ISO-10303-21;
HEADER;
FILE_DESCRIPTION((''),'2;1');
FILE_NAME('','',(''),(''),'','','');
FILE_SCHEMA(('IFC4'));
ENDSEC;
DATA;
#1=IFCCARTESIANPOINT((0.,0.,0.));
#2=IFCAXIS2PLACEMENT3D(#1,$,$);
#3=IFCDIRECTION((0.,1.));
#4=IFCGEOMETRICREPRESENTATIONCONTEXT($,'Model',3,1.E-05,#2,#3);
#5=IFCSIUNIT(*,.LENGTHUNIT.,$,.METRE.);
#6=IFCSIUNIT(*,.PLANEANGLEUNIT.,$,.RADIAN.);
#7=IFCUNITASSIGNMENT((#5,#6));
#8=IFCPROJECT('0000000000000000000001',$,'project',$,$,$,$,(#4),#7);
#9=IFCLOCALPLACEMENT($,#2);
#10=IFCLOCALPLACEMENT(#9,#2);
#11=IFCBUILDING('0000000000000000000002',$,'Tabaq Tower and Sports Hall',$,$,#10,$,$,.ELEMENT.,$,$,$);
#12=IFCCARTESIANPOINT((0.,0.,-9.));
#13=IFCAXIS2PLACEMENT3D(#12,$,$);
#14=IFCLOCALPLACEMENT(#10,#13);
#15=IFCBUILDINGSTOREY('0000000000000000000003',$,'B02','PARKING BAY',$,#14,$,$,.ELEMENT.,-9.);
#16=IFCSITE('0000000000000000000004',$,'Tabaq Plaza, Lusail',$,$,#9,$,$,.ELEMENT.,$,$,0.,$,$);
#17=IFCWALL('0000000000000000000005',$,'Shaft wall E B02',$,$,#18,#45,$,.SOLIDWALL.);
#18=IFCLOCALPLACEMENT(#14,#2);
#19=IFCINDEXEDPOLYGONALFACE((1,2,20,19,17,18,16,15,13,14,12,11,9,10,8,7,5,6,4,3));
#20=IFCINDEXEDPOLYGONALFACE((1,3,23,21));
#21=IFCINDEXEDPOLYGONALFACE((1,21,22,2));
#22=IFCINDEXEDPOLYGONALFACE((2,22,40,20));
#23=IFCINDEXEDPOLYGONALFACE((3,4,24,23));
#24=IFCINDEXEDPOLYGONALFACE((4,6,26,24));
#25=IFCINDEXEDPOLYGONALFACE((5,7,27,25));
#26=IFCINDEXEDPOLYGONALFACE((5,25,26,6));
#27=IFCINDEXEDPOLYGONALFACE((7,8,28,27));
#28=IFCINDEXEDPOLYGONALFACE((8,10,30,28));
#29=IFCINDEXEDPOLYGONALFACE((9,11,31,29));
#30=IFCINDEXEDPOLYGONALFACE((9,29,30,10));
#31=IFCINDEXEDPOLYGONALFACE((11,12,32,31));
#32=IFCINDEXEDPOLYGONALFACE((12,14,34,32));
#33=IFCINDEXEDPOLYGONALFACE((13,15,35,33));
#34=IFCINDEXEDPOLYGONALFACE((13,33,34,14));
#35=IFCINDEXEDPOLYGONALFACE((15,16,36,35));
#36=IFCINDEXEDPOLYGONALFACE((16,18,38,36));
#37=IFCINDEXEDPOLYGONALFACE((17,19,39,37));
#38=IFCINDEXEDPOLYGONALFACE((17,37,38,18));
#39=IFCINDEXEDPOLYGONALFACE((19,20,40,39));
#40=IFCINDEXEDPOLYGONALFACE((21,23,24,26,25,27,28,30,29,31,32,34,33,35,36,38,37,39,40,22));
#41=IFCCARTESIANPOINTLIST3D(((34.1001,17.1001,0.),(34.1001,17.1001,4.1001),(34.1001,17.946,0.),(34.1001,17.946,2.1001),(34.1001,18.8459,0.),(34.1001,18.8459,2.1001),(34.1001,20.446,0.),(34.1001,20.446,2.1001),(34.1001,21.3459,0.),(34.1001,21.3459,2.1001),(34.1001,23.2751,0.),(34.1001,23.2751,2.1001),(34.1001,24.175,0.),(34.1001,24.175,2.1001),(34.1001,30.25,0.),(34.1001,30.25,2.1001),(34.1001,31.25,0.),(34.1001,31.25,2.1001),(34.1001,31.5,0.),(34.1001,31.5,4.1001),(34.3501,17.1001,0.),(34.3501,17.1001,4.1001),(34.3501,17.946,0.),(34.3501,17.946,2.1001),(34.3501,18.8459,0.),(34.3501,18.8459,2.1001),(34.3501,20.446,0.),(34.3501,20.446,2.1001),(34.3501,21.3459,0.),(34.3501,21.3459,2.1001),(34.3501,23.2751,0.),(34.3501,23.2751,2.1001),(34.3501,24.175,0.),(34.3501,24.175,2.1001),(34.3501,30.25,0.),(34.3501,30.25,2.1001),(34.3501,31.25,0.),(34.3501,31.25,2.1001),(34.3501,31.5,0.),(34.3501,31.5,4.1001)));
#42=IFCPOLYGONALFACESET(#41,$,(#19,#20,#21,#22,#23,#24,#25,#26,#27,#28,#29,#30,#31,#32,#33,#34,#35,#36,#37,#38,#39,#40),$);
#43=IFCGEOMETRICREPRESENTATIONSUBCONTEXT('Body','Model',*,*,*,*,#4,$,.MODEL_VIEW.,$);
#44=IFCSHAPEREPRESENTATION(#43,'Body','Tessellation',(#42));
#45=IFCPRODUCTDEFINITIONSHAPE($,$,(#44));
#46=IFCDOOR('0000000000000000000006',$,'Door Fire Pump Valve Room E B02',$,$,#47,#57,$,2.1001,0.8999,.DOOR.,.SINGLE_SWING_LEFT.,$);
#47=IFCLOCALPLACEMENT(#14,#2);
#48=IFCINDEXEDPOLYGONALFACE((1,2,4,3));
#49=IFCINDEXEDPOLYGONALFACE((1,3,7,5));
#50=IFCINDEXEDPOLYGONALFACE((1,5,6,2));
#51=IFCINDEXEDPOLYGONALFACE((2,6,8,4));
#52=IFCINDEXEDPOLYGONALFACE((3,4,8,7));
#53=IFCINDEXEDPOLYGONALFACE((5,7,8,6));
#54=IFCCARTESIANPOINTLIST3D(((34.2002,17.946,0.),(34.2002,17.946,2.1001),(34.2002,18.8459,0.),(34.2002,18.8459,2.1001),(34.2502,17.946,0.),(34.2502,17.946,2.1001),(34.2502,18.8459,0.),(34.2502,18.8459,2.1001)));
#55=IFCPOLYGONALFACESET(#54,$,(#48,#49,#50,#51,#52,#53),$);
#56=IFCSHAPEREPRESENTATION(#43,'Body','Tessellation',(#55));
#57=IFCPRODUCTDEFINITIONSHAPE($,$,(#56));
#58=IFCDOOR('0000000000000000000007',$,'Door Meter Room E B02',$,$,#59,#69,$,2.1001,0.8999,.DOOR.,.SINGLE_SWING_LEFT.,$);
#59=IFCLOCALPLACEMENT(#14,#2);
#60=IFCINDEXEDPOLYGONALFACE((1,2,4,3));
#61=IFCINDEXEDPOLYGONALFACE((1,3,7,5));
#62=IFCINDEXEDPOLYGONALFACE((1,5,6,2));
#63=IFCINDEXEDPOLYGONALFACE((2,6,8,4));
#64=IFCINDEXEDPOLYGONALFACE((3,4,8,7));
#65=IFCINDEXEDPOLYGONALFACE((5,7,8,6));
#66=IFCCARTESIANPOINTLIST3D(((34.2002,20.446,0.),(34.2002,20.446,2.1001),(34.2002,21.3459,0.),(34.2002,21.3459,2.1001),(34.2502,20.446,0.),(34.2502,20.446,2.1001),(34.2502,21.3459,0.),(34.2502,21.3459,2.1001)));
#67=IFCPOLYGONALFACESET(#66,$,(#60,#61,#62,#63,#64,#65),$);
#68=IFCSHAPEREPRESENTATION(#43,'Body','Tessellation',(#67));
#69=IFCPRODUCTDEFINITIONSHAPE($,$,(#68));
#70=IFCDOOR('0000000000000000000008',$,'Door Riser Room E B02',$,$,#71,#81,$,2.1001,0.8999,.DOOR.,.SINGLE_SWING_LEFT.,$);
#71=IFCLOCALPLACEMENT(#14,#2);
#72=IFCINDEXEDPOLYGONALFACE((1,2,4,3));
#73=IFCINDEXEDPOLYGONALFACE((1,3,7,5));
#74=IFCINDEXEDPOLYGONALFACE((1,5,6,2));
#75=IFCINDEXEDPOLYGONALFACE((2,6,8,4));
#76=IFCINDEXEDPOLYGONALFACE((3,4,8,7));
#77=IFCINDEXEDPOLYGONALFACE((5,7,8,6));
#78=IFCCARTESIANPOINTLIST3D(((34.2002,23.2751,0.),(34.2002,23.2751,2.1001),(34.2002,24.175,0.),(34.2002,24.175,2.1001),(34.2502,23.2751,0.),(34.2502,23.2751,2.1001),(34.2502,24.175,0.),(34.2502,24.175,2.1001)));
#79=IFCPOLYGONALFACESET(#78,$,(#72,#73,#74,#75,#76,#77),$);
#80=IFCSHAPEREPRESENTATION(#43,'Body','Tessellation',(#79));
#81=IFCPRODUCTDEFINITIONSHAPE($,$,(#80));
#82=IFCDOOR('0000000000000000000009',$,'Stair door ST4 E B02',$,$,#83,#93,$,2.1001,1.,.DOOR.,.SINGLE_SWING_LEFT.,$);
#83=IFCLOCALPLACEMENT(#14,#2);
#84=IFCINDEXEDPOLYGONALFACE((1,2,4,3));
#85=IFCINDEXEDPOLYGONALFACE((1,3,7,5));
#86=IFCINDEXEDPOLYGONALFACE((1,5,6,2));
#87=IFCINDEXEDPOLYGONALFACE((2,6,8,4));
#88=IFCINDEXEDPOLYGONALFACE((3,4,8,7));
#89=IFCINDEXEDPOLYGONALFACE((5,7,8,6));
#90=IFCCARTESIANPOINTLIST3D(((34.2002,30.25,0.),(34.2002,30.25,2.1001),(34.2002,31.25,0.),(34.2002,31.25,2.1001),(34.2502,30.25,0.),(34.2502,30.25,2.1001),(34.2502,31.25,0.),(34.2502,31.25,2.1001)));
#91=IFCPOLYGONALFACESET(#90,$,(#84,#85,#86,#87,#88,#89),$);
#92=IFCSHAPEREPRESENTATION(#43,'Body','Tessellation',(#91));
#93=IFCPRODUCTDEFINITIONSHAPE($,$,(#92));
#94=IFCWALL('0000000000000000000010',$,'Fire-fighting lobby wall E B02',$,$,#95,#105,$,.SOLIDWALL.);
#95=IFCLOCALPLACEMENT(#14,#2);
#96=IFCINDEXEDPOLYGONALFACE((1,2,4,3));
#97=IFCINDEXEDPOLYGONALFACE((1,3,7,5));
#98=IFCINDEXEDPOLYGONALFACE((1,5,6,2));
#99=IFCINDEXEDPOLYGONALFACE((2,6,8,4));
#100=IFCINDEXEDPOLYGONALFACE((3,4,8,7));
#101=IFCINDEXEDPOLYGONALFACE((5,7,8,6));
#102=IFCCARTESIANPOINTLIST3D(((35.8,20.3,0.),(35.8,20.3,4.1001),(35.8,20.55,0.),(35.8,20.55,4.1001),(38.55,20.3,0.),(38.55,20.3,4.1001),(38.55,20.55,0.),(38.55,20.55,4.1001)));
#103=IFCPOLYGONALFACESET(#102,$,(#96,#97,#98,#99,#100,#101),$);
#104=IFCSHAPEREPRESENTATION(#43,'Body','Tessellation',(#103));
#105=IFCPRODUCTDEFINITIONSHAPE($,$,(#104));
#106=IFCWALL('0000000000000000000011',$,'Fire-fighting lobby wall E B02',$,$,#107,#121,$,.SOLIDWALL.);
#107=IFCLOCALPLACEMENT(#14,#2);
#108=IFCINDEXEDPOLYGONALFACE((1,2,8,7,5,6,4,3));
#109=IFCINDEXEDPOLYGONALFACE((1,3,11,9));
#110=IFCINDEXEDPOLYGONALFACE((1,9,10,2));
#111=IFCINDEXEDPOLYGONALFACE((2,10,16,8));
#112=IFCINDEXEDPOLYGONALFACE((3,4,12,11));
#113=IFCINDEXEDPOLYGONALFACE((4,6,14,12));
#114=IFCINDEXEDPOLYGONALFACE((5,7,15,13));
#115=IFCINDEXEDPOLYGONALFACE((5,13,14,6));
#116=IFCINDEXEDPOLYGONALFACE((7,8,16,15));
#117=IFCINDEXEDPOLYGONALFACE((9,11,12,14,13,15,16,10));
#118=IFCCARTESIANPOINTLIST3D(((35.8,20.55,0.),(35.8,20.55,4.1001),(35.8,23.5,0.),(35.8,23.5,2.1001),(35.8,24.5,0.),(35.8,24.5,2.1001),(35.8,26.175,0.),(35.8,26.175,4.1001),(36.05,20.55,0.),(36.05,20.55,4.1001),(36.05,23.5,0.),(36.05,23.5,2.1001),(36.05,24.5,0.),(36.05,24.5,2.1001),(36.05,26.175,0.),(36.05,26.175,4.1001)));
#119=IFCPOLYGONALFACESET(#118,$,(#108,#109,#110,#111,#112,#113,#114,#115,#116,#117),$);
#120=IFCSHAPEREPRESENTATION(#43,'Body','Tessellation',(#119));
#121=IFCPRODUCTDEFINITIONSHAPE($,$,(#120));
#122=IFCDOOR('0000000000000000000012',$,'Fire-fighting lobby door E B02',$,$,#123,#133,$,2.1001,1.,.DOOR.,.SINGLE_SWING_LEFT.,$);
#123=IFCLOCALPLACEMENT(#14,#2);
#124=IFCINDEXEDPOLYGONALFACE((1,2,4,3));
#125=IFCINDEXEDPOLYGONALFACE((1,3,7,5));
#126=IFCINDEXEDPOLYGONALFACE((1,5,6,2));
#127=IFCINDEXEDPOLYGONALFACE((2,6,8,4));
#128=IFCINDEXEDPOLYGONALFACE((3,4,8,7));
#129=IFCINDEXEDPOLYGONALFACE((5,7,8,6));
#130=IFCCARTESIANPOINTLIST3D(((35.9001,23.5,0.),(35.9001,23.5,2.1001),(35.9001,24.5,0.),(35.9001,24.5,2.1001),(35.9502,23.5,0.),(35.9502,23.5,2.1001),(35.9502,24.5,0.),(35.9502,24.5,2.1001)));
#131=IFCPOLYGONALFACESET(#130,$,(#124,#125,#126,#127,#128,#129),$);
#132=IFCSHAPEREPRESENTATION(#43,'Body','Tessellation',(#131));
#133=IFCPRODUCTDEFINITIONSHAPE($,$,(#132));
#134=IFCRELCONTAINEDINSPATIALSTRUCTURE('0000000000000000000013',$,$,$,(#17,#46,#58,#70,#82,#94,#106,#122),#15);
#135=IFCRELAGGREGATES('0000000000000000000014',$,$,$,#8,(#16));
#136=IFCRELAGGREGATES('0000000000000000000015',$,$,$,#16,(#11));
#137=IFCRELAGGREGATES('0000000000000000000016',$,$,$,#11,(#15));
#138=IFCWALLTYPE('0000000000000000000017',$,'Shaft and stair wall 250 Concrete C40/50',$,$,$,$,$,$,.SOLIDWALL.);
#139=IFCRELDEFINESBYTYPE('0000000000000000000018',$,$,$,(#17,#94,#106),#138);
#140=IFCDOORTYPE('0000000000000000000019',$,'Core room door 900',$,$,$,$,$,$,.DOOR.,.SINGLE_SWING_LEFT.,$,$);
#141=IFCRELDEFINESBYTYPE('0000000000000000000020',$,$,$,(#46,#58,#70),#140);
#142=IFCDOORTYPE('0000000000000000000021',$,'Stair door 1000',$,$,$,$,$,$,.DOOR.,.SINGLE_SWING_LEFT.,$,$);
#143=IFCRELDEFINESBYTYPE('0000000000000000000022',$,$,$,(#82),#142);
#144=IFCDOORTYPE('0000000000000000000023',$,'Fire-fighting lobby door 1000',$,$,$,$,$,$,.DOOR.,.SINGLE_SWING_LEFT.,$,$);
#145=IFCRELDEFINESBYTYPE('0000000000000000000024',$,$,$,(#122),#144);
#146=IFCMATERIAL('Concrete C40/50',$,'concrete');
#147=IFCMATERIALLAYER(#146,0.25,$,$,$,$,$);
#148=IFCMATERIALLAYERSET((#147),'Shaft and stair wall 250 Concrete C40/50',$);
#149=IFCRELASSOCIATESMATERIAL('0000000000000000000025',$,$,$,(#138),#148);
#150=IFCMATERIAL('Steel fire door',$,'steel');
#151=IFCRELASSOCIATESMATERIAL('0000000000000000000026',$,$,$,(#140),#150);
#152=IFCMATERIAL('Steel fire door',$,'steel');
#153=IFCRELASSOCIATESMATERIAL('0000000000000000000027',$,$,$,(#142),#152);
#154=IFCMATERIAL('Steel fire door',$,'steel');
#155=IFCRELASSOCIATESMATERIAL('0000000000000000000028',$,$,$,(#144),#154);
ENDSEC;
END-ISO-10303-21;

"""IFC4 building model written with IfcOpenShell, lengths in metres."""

from ifc_helpers import new_model, si_unit, direction, frame, frame_2d, origin, place, context, subcontext, project, spatial, rectangle, extrude, material, layer, layer_set, type_object, element, fill, save


model = new_model("IFC4")

# Units and contexts
model_context = context("Model", 3, precision=1e-05, world=origin(), true_north=direction((0.0, 1.0)))
body_context = subcontext(model_context, "Body", "Model", "MODEL_VIEW")
ifc_project = project(units=[si_unit("LENGTHUNIT", "METRE"), si_unit("PLANEANGLEUNIT", "RADIAN")], contexts=[model_context])

# Site, building, storey
site_placement = place(None, origin())
site = spatial("IfcSite", under=ifc_project, at=site_placement, Name="Tabaq Plaza, Lusail", CompositionType="ELEMENT", RefElevation=0.0)
building_placement = place(site_placement, origin())
building = spatial("IfcBuilding", under=site, at=building_placement, Name="Tabaq Tower and Sports Hall", CompositionType="ELEMENT")
storey_placement = place(building_placement, frame((0.0, 0.0, -9.0)))
storey = spatial("IfcBuildingStorey", under=building, at=storey_placement, Name="B02", Description="PARKING BAY", CompositionType="ELEMENT", Elevation=-9.0)

# Wall, openings, doors
ifc_material_1 = material(Name="Concrete C40/50", Category="concrete")
ifc_layer_1 = layer(ifc_material_1, 0.25)
ifc_layer_set_1 = layer_set([ifc_layer_1], Name="Shaft and stair wall 250 Concrete C40/50")
wall_type_1 = type_object("IfcWallType", Name="Shaft and stair wall 250 Concrete C40/50", PredefinedType="SOLIDWALL", material=ifc_layer_set_1)
wall_1_placement = place(storey_placement, frame((34.2251, 17.1001, 0.0), z_axis=(0.0, 0.0, 1.0), x_axis=(0.0, 1.0, 0.0)))
wall_1 = element("IfcWall", 1, at=wall_1_placement, inside=storey, type_object=wall_type_1, Name="Shaft wall E B02", PredefinedType="SOLIDWALL", context=body_context, shape_type="SweptSolid", body=[
    extrude(rectangle(XDim=14.3999, YDim=0.25, at=frame_2d((7.2, 0.0))), origin(), (0.0, 0.0, 1.0), 4.1001),
])
opening_1_placement = place(wall_1_placement, frame((13.1499, 0.0, 0.0)))
opening_1 = element("IfcOpeningElement", 2, at=opening_1_placement, cuts=wall_1, PredefinedType="OPENING", context=body_context, shape_type="SweptSolid", body=[
    extrude(rectangle(XDim=1.0, YDim=2.1001, at=frame_2d((0.5, 1.05))), frame((0.0, 0.125, 0.0), z_axis=(0.0, -1.0, 0.0), x_axis=(1.0, 0.0, 0.0)), (0.0, 0.0, 1.0), 0.25),
])
opening_2_placement = place(wall_1_placement, frame((0.8459, 0.0, 0.0)))
opening_2 = element("IfcOpeningElement", 3, at=opening_2_placement, cuts=wall_1, PredefinedType="OPENING", context=body_context, shape_type="SweptSolid", body=[
    extrude(rectangle(XDim=0.8999, YDim=2.1001, at=frame_2d((0.45, 1.05))), frame((0.0, 0.125, 0.0), z_axis=(0.0, -1.0, 0.0), x_axis=(1.0, 0.0, 0.0)), (0.0, 0.0, 1.0), 0.25),
])
opening_3_placement = place(wall_1_placement, frame((3.3459, 0.0, 0.0)))
opening_3 = element("IfcOpeningElement", 4, at=opening_3_placement, cuts=wall_1, PredefinedType="OPENING", context=body_context, shape_type="SweptSolid", body=[
    extrude(rectangle(XDim=0.8999, YDim=2.1001, at=frame_2d((0.45, 1.05))), frame((0.0, 0.125, 0.0), z_axis=(0.0, -1.0, 0.0), x_axis=(1.0, 0.0, 0.0)), (0.0, 0.0, 1.0), 0.25),
])
opening_4_placement = place(wall_1_placement, frame((6.175, 0.0, 0.0)))
opening_4 = element("IfcOpeningElement", 5, at=opening_4_placement, cuts=wall_1, PredefinedType="OPENING", context=body_context, shape_type="SweptSolid", body=[
    extrude(rectangle(XDim=0.8999, YDim=2.1001, at=frame_2d((0.45, 1.05))), frame((0.0, 0.125, 0.0), z_axis=(0.0, -1.0, 0.0), x_axis=(1.0, 0.0, 0.0)), (0.0, 0.0, 1.0), 0.25),
])
ifc_material_2 = material(Name="Steel fire door", Category="steel")
door_type_1 = type_object("IfcDoorType", Name="Core room door 900", OperationType="SINGLE_SWING_LEFT", PredefinedType="DOOR", material=ifc_material_2)
door_1_placement = place(opening_2_placement, origin())
door_1 = element("IfcDoor", 6, at=door_1_placement, inside=storey, type_object=door_type_1, Name="Door Fire Pump Valve Room E B02", OperationType="SINGLE_SWING_LEFT", OverallHeight=2.1001, OverallWidth=0.8999, PredefinedType="DOOR", context=body_context, shape_type="SweptSolid", body=[
    extrude(rectangle(XDim=0.8999, YDim=2.1001, at=frame_2d((0.45, 1.05))), frame((0.0, 0.0249, 0.0), z_axis=(0.0, -1.0, 0.0), x_axis=(1.0, 0.0, 0.0)), (0.0, 0.0, 1.0), 0.05),
])
fill(opening_2, door_1)
door_2_placement = place(opening_3_placement, origin())
door_2 = element("IfcDoor", 7, at=door_2_placement, inside=storey, type_object=door_type_1, Name="Door Meter Room E B02", OperationType="SINGLE_SWING_LEFT", OverallHeight=2.1001, OverallWidth=0.8999, PredefinedType="DOOR", context=body_context, shape_type="SweptSolid", body=[
    extrude(rectangle(XDim=0.8999, YDim=2.1001, at=frame_2d((0.45, 1.05))), frame((0.0, 0.0249, 0.0), z_axis=(0.0, -1.0, 0.0), x_axis=(1.0, 0.0, 0.0)), (0.0, 0.0, 1.0), 0.05),
])
fill(opening_3, door_2)
door_3_placement = place(opening_4_placement, origin())
door_3 = element("IfcDoor", 8, at=door_3_placement, inside=storey, type_object=door_type_1, Name="Door Riser Room E B02", OperationType="SINGLE_SWING_LEFT", OverallHeight=2.1001, OverallWidth=0.8999, PredefinedType="DOOR", context=body_context, shape_type="SweptSolid", body=[
    extrude(rectangle(XDim=0.8999, YDim=2.1001, at=frame_2d((0.45, 1.05))), frame((0.0, 0.0249, 0.0), z_axis=(0.0, -1.0, 0.0), x_axis=(1.0, 0.0, 0.0)), (0.0, 0.0, 1.0), 0.05),
])
fill(opening_4, door_3)
ifc_material_3 = material(Name="Steel fire door", Category="steel")
door_type_2 = type_object("IfcDoorType", Name="Stair door 1000", OperationType="SINGLE_SWING_LEFT", PredefinedType="DOOR", material=ifc_material_3)
door_4_placement = place(opening_1_placement, origin())
door_4 = element("IfcDoor", 9, at=door_4_placement, inside=storey, type_object=door_type_2, Name="Stair door ST4 E B02", OperationType="SINGLE_SWING_LEFT", OverallHeight=2.1001, OverallWidth=1.0, PredefinedType="DOOR", context=body_context, shape_type="SweptSolid", body=[
    extrude(rectangle(XDim=1.0, YDim=2.1001, at=frame_2d((0.5, 1.05))), frame((0.0, 0.0249, 0.0), z_axis=(0.0, -1.0, 0.0), x_axis=(1.0, 0.0, 0.0)), (0.0, 0.0, 1.0), 0.05),
])
fill(opening_1, door_4)

# Wall
wall_2_placement = place(storey_placement, frame((35.8, 20.425, 0.0), z_axis=(0.0, 0.0, 1.0), x_axis=(1.0, 0.0, 0.0)))
element("IfcWall", 10, at=wall_2_placement, inside=storey, type_object=wall_type_1, Name="Fire-fighting lobby wall E B02", PredefinedType="SOLIDWALL", context=body_context, shape_type="SweptSolid", body=[
    extrude(rectangle(XDim=2.75, YDim=0.25, at=frame_2d((1.375, 0.0))), origin(), (0.0, 0.0, 1.0), 4.1001),
])

# Wall, opening, door
wall_3_placement = place(storey_placement, frame((35.925, 20.55, 0.0), z_axis=(0.0, 0.0, 1.0), x_axis=(0.0, 1.0, 0.0)))
wall_3 = element("IfcWall", 11, at=wall_3_placement, inside=storey, type_object=wall_type_1, Name="Fire-fighting lobby wall E B02", PredefinedType="SOLIDWALL", context=body_context, shape_type="SweptSolid", body=[
    extrude(rectangle(XDim=5.625, YDim=0.25, at=frame_2d((2.8125, 0.0))), origin(), (0.0, 0.0, 1.0), 4.1001),
])
opening_5_placement = place(wall_3_placement, frame((2.95, 0.0, 0.0)))
opening_5 = element("IfcOpeningElement", 12, at=opening_5_placement, cuts=wall_3, PredefinedType="OPENING", context=body_context, shape_type="SweptSolid", body=[
    extrude(rectangle(XDim=1.0, YDim=2.1001, at=frame_2d((0.5, 1.05))), frame((0.0, 0.125, 0.0), z_axis=(0.0, -1.0, 0.0), x_axis=(1.0, 0.0, 0.0)), (0.0, 0.0, 1.0), 0.25),
])
ifc_material_4 = material(Name="Steel fire door", Category="steel")
door_type_3 = type_object("IfcDoorType", Name="Fire-fighting lobby door 1000", OperationType="SINGLE_SWING_LEFT", PredefinedType="DOOR", material=ifc_material_4)
door_5_placement = place(opening_5_placement, origin())
door_5 = element("IfcDoor", 13, at=door_5_placement, inside=storey, type_object=door_type_3, Name="Fire-fighting lobby door E B02", OperationType="SINGLE_SWING_LEFT", OverallHeight=2.1001, OverallWidth=1.0, PredefinedType="DOOR", context=body_context, shape_type="SweptSolid", body=[
    extrude(rectangle(XDim=1.0, YDim=2.1001, at=frame_2d((0.5, 1.05))), frame((0.0, 0.0249, 0.0), z_axis=(0.0, -1.0, 0.0), x_axis=(1.0, 0.0, 0.0)), (0.0, 0.0, 1.0), 0.05),
])
fill(opening_5, door_5)

save(model, "model.ifc")
